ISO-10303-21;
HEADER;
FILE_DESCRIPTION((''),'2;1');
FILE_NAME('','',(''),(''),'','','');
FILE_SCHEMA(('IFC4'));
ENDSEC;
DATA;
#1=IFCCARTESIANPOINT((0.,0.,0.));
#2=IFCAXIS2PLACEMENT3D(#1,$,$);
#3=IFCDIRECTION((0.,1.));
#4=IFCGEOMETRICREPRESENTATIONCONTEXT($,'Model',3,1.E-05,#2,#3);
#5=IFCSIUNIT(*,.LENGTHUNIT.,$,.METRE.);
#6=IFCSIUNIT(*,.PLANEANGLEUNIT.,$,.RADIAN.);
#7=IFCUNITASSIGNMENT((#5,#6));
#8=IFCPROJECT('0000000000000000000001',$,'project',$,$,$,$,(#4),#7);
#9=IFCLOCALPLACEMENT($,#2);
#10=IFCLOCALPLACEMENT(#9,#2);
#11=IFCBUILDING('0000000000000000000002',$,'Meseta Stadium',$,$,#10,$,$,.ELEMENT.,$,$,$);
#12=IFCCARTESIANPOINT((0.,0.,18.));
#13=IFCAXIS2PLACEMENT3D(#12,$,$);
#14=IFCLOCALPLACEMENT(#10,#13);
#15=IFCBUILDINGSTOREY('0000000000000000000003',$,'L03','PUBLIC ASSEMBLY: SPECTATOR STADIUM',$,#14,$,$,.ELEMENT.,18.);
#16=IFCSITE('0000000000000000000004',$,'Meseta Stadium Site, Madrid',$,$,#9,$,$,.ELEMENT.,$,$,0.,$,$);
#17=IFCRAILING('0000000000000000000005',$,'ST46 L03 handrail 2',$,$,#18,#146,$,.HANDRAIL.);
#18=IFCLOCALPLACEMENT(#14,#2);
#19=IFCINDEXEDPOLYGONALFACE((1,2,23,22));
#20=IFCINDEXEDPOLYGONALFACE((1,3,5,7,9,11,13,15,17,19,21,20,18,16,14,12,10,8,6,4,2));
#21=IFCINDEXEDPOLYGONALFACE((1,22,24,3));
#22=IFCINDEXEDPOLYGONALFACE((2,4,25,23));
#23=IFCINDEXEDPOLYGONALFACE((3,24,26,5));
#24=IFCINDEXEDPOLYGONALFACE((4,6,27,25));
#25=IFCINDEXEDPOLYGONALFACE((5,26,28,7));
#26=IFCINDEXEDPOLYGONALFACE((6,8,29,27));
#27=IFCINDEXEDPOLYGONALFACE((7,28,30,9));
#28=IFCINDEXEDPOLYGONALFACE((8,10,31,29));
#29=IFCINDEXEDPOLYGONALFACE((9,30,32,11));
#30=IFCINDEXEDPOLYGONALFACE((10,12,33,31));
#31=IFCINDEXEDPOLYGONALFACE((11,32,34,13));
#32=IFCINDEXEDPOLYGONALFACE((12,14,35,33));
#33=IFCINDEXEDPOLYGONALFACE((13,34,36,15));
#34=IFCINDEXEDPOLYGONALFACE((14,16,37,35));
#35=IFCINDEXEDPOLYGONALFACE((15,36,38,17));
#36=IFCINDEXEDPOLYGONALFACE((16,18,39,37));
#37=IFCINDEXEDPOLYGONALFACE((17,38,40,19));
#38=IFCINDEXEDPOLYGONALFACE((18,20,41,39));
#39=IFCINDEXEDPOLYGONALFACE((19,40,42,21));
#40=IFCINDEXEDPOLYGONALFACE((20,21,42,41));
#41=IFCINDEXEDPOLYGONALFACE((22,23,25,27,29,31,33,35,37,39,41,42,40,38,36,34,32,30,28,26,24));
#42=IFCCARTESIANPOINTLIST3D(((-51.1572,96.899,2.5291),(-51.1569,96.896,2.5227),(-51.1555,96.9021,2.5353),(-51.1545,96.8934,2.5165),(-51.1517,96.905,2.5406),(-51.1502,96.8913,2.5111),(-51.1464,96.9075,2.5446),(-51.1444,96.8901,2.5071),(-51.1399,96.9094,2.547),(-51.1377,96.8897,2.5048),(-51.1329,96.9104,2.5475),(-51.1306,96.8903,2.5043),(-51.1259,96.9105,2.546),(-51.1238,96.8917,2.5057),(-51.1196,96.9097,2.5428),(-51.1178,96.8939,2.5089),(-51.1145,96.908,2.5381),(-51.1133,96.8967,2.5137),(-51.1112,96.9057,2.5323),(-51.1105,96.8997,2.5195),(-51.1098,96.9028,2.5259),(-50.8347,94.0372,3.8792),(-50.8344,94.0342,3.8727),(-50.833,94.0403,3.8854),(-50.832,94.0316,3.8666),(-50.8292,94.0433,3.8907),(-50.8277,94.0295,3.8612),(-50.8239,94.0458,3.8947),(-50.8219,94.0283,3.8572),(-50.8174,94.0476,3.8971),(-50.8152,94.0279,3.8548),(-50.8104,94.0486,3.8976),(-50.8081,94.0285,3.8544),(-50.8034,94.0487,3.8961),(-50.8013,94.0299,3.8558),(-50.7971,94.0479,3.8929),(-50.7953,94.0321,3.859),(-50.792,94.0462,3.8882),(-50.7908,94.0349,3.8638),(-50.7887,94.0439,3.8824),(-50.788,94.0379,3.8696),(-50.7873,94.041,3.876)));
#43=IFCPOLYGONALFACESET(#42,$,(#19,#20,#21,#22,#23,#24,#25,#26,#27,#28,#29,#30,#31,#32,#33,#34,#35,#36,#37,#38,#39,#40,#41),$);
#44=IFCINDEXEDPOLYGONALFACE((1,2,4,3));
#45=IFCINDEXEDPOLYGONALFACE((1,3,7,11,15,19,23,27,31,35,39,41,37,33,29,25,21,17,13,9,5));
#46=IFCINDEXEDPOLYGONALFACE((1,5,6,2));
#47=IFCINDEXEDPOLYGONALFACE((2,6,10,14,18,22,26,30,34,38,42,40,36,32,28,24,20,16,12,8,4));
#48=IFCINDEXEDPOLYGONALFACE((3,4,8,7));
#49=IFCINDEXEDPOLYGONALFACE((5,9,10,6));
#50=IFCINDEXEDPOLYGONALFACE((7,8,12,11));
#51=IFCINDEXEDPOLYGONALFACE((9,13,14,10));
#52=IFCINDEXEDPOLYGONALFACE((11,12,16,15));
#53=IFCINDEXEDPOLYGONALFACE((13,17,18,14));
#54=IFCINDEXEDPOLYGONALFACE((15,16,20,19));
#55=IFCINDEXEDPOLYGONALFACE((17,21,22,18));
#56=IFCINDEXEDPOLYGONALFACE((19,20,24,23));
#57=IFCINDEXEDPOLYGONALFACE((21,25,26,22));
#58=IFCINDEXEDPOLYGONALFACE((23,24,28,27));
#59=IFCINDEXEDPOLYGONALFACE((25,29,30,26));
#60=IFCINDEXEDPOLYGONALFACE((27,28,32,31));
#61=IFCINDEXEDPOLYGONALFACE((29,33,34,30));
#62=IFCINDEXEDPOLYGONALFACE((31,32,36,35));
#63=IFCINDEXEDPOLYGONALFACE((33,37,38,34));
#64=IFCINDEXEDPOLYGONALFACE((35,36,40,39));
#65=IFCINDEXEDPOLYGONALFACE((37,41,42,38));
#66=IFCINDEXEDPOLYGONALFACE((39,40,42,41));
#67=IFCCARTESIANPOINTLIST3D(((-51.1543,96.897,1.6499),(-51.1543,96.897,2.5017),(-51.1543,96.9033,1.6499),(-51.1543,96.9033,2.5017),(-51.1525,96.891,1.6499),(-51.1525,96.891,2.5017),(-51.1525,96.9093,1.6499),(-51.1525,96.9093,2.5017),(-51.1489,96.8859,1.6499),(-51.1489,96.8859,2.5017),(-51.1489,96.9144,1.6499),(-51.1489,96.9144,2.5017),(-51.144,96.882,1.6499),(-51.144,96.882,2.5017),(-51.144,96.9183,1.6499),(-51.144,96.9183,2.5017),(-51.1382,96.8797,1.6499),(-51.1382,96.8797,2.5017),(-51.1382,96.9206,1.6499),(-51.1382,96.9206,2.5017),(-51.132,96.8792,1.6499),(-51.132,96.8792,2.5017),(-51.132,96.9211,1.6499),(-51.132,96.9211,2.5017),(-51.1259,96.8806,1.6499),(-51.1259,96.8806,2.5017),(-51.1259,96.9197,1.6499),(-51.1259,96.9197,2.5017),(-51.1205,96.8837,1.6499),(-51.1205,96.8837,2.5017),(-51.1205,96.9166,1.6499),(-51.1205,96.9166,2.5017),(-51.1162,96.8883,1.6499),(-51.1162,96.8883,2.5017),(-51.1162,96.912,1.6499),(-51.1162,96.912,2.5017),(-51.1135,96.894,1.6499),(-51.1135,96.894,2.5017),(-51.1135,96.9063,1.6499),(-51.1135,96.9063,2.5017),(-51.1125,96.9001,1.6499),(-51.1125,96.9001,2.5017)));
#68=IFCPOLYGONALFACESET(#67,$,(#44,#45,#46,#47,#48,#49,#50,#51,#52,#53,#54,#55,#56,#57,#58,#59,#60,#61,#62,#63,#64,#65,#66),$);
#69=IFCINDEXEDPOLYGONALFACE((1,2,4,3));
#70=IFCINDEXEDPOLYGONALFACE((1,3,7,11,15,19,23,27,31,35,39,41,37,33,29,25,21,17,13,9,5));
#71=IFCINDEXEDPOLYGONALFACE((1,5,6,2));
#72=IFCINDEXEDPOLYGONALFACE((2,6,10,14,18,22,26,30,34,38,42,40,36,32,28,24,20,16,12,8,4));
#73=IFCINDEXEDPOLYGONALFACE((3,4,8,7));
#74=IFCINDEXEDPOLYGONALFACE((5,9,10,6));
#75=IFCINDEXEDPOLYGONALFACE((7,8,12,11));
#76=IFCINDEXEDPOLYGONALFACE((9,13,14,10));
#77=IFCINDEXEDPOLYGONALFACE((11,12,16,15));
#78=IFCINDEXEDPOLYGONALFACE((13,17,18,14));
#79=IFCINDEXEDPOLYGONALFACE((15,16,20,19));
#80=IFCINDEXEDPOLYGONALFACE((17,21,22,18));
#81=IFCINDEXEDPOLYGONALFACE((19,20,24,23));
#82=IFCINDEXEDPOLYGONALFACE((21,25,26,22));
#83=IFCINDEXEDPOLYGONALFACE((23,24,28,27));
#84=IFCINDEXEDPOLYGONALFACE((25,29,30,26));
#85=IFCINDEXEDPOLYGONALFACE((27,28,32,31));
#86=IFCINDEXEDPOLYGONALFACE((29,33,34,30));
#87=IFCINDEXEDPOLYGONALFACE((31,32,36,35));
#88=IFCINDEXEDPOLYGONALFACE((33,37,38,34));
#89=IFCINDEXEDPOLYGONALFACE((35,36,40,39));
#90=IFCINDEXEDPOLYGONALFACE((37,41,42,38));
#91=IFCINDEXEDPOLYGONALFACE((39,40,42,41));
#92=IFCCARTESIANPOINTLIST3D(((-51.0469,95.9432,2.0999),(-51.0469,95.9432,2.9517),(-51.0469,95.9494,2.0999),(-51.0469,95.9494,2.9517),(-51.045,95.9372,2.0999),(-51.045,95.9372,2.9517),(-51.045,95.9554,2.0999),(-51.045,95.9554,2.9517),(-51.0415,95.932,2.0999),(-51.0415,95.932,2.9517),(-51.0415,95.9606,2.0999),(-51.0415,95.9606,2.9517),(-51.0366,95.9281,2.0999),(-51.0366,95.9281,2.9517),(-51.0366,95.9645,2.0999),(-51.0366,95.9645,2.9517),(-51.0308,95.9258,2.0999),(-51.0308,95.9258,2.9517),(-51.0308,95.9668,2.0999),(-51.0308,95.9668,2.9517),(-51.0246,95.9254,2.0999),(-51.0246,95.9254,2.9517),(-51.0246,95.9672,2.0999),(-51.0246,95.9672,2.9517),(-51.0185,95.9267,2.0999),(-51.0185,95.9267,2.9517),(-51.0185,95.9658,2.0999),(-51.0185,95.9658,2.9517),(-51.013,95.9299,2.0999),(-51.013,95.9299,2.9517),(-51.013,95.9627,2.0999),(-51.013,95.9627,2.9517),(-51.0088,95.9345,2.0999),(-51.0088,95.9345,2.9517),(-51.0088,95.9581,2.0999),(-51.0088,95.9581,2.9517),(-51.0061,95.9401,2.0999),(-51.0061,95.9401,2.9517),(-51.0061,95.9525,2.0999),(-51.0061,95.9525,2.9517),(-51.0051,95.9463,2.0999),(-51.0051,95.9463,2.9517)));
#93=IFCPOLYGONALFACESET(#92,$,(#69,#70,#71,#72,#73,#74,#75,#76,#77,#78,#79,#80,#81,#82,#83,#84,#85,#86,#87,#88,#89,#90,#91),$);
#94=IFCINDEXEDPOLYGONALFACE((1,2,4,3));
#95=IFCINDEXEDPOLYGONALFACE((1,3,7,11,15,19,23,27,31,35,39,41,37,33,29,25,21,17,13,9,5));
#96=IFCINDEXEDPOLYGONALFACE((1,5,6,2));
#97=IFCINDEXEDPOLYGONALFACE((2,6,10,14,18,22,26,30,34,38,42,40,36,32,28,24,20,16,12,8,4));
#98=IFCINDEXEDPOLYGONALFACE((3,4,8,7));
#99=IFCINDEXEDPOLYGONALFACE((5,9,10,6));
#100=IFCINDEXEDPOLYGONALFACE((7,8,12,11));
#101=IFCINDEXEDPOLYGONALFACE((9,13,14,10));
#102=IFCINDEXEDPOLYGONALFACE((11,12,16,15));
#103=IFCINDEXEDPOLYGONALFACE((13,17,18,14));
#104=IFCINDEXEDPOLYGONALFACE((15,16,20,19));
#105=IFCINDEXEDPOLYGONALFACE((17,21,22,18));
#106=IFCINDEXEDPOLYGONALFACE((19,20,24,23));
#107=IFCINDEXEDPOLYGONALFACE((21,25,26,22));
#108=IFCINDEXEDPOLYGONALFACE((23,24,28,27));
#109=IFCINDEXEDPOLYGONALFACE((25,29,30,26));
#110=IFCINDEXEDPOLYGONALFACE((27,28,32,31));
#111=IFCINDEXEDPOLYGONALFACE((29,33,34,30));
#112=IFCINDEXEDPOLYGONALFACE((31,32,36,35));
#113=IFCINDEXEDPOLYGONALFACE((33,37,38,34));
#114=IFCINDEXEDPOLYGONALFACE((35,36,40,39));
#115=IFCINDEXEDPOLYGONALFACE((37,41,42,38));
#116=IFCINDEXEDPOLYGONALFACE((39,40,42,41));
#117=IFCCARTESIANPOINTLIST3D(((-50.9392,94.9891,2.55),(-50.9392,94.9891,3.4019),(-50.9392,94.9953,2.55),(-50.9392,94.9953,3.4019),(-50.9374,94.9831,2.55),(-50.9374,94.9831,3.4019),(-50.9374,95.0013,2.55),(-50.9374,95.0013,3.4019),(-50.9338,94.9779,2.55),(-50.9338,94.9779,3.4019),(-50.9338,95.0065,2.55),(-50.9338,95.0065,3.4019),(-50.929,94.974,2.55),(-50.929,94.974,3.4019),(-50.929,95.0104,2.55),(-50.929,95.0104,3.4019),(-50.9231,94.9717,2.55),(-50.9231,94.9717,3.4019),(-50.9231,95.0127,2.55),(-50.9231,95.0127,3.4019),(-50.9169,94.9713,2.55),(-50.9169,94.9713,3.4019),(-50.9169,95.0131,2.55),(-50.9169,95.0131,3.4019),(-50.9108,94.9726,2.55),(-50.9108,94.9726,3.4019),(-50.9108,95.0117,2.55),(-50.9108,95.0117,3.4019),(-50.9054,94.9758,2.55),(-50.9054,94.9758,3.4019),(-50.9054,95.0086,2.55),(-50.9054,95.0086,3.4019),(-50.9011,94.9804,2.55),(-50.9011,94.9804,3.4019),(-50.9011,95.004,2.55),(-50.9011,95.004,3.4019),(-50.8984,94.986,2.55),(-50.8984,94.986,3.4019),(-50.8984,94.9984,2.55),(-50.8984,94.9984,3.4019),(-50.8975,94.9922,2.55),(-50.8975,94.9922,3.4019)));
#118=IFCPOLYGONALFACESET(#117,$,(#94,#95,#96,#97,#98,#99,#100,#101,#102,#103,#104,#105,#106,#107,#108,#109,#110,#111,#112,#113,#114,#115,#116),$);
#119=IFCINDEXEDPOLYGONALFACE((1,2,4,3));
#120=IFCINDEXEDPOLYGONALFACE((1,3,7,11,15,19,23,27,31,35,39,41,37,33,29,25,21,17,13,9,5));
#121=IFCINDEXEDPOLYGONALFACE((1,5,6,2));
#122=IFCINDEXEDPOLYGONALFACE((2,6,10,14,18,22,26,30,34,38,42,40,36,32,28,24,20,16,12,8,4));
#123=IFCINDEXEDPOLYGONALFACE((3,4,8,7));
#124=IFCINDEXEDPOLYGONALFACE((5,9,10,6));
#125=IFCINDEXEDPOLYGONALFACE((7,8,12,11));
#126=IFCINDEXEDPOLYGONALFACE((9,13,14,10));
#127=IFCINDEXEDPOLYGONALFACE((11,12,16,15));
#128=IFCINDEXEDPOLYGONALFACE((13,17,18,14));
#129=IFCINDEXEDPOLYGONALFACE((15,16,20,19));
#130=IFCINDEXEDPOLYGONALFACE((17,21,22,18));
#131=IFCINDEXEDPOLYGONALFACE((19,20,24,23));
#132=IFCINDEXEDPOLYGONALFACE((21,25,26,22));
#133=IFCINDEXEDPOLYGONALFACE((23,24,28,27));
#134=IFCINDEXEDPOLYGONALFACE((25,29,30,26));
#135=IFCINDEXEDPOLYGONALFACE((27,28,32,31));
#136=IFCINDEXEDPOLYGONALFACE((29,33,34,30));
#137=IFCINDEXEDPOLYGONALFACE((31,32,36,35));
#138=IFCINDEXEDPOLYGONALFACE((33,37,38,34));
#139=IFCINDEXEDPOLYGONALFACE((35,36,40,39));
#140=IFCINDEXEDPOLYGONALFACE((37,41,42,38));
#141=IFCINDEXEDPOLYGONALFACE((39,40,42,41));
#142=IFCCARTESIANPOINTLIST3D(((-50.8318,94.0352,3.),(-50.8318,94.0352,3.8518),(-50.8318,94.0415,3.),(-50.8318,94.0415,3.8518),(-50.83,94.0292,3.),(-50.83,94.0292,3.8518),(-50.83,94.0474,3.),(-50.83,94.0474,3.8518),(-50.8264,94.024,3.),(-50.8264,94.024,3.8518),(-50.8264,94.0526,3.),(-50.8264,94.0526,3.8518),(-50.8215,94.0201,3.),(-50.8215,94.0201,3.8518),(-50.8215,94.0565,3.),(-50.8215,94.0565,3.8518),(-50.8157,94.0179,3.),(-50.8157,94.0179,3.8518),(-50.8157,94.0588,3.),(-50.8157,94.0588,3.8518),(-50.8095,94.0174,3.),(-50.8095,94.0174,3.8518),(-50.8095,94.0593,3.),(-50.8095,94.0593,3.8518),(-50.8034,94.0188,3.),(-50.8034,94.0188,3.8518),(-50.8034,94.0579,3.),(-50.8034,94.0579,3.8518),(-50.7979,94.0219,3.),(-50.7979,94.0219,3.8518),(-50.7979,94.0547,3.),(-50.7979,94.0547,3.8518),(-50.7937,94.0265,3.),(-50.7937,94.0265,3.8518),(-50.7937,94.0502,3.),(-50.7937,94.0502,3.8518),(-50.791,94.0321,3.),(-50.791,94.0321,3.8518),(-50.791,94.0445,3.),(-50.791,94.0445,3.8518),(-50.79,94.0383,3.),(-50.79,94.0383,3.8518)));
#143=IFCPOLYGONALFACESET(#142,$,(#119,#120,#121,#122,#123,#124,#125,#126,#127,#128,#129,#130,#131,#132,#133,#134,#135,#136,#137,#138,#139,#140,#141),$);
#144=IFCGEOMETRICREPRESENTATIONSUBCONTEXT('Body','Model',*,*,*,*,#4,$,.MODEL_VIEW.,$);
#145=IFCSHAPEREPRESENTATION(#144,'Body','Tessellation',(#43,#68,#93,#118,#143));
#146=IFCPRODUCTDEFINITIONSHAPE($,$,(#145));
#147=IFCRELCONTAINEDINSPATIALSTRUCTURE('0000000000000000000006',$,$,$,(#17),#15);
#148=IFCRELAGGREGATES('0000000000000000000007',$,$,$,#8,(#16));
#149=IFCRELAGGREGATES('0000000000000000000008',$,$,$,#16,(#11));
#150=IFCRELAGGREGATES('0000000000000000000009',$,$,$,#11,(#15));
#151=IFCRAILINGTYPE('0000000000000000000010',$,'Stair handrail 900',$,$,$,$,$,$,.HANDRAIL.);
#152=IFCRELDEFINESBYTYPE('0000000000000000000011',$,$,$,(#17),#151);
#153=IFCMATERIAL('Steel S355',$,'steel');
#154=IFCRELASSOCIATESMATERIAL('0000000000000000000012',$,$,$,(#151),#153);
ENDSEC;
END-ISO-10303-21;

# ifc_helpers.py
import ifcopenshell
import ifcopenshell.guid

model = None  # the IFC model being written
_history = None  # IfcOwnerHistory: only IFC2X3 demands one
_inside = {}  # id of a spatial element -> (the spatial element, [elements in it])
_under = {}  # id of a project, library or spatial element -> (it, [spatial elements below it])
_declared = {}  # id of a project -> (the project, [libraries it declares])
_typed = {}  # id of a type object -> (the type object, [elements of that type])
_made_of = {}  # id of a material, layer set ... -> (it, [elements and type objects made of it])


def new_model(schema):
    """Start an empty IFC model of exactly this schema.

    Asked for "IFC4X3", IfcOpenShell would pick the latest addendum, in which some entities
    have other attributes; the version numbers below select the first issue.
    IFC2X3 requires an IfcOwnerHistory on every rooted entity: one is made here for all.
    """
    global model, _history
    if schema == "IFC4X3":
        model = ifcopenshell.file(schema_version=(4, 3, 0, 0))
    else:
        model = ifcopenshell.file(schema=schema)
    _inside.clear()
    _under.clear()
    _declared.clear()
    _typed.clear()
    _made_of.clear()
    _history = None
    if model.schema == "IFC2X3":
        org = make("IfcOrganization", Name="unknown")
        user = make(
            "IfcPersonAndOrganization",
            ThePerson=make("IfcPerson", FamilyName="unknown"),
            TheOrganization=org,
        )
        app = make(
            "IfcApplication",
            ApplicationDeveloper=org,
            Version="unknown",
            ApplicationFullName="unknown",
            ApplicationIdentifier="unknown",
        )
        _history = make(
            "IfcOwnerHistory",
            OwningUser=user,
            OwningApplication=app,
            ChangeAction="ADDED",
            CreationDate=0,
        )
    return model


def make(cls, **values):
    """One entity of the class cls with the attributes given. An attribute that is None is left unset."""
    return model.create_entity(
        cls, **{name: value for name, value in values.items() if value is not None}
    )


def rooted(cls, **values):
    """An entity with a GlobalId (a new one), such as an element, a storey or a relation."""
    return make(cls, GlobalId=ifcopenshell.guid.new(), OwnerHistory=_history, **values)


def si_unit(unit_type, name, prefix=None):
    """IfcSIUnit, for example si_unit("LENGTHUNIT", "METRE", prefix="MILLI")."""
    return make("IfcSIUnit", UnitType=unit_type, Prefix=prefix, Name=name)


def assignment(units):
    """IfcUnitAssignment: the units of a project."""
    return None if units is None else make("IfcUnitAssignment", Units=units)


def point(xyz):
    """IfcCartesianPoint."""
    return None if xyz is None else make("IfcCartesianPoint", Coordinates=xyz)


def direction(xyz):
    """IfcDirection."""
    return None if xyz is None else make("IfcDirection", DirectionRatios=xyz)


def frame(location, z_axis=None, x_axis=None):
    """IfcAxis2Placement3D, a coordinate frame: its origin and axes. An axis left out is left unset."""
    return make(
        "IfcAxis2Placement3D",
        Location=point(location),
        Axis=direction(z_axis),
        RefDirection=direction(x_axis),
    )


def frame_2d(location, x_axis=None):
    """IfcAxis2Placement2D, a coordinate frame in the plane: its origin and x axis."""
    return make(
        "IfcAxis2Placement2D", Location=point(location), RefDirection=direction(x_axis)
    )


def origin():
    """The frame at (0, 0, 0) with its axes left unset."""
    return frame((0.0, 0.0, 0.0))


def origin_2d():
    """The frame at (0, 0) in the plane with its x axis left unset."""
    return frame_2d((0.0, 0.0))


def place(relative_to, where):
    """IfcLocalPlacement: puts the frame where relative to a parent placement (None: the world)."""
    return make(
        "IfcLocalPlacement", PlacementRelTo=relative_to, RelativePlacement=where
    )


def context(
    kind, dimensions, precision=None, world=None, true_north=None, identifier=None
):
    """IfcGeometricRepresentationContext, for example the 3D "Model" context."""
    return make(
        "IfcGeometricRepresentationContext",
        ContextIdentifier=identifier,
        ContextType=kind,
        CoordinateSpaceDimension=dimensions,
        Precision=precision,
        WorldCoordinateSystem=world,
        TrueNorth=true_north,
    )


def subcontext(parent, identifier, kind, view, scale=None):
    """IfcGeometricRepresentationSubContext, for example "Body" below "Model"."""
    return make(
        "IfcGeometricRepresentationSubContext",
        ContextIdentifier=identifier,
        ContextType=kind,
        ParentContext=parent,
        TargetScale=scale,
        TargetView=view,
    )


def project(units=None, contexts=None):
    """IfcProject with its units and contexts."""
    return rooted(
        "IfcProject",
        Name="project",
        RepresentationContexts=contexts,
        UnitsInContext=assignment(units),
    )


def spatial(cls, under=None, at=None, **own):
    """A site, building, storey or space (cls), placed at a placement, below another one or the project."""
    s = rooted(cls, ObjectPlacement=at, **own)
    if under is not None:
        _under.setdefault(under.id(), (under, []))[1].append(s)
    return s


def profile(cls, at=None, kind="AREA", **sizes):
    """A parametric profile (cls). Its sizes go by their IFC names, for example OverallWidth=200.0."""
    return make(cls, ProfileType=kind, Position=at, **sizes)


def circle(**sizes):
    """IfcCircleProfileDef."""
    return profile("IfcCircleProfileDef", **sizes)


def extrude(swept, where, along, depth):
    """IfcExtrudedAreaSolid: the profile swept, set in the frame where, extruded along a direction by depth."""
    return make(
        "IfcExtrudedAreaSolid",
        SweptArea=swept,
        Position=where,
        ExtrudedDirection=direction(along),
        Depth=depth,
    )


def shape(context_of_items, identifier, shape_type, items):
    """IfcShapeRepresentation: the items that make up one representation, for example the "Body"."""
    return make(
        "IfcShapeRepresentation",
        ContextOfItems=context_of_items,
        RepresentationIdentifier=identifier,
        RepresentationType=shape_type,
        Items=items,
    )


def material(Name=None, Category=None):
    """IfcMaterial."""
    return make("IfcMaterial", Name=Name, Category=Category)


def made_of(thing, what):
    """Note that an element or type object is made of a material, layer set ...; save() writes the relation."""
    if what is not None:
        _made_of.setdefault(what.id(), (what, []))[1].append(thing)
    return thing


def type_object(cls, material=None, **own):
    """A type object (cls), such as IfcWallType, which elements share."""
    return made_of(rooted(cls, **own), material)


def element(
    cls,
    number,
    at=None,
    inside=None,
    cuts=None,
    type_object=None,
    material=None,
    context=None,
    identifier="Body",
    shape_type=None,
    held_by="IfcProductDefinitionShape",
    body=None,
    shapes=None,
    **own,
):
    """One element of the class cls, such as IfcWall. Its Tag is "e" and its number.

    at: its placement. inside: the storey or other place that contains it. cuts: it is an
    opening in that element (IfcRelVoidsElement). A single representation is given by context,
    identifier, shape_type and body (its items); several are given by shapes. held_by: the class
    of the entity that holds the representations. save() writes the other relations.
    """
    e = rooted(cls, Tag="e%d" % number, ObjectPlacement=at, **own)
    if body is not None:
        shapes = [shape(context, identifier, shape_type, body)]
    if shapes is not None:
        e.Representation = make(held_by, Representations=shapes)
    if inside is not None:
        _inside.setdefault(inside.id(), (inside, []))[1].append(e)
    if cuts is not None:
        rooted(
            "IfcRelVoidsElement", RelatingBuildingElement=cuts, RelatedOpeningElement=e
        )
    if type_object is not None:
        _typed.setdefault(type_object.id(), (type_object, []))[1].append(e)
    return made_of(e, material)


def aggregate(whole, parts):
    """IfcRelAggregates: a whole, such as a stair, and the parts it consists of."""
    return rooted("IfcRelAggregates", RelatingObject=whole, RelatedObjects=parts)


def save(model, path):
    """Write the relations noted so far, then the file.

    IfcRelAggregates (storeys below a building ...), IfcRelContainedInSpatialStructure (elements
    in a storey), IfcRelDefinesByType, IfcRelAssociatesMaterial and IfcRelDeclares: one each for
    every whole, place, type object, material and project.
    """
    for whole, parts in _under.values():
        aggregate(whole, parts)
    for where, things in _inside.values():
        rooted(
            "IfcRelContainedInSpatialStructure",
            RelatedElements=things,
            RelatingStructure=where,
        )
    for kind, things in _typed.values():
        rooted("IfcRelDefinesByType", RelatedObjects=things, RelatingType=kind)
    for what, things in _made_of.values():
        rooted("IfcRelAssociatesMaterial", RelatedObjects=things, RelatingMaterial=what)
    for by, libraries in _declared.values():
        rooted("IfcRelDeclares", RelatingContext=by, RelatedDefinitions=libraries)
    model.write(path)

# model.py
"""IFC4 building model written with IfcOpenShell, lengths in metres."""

from ifc_helpers import new_model, si_unit, direction, frame, origin, origin_2d, place, context, subcontext, project, spatial, circle, extrude, material, type_object, element, save


model = new_model("IFC4")

# Units and contexts
model_context = context("Model", 3, precision=1e-05, world=origin(), true_north=direction((0.0, 1.0)))
body_context = subcontext(model_context, "Body", "Model", "MODEL_VIEW")
ifc_project = project(units=[si_unit("LENGTHUNIT", "METRE"), si_unit("PLANEANGLEUNIT", "RADIAN")], contexts=[model_context])

# Site, building, storey
site_placement = place(None, origin())
site = spatial("IfcSite", under=ifc_project, at=site_placement, Name="Meseta Stadium Site, Madrid", CompositionType="ELEMENT", RefElevation=0.0)
building_placement = place(site_placement, origin())
building = spatial("IfcBuilding", under=site, at=building_placement, Name="Meseta Stadium", CompositionType="ELEMENT")
storey_placement = place(building_placement, frame((0.0, 0.0, 18.0)))
storey = spatial("IfcBuildingStorey", under=building, at=storey_placement, Name="L03", Description="PUBLIC ASSEMBLY: SPECTATOR STADIUM", CompositionType="ELEMENT", Elevation=18.0)

# Railing
ifc_material_1 = material(Name="Steel S355", Category="steel")
railing_type_1 = type_object("IfcRailingType", Name="Stair handrail 900", PredefinedType="HANDRAIL", material=ifc_material_1)
for number, where, name in (
    (1, (-51.1335, 96.9001, 1.6499), "ST46 L03 handrail 2"),
):
    element("IfcRailing", number, at=place(storey_placement, frame(where)), inside=storey, type_object=railing_type_1, Name=name, PredefinedType="HANDRAIL", context=body_context, shape_type="SweptSolid", body=[
        extrude(circle(Radius=0.0239, at=origin_2d()), frame((0.0, 0.0, 0.876), z_axis=(0.101396, -0.899748, 0.424467), x_axis=(0.99371, 0.111985, 0.0)), (0.0, 0.0, 1.0), 3.1807),
        extrude(circle(Radius=0.021, at=origin_2d()), origin(), (0.0, 0.0, 1.0), 0.8518),
        extrude(circle(Radius=0.021, at=origin_2d()), frame((0.1074, -0.9539, 0.45)), (0.0, 0.0, 1.0), 0.8518),
        extrude(circle(Radius=0.021, at=origin_2d()), frame((0.2151, -1.908, 0.9001)), (0.0, 0.0, 1.0), 0.8518),
        extrude(circle(Radius=0.021, at=origin_2d()), frame((0.3225, -2.8618, 1.3501)), (0.0, 0.0, 1.0), 0.8518),
    ])

save(model, "model.ifc")
